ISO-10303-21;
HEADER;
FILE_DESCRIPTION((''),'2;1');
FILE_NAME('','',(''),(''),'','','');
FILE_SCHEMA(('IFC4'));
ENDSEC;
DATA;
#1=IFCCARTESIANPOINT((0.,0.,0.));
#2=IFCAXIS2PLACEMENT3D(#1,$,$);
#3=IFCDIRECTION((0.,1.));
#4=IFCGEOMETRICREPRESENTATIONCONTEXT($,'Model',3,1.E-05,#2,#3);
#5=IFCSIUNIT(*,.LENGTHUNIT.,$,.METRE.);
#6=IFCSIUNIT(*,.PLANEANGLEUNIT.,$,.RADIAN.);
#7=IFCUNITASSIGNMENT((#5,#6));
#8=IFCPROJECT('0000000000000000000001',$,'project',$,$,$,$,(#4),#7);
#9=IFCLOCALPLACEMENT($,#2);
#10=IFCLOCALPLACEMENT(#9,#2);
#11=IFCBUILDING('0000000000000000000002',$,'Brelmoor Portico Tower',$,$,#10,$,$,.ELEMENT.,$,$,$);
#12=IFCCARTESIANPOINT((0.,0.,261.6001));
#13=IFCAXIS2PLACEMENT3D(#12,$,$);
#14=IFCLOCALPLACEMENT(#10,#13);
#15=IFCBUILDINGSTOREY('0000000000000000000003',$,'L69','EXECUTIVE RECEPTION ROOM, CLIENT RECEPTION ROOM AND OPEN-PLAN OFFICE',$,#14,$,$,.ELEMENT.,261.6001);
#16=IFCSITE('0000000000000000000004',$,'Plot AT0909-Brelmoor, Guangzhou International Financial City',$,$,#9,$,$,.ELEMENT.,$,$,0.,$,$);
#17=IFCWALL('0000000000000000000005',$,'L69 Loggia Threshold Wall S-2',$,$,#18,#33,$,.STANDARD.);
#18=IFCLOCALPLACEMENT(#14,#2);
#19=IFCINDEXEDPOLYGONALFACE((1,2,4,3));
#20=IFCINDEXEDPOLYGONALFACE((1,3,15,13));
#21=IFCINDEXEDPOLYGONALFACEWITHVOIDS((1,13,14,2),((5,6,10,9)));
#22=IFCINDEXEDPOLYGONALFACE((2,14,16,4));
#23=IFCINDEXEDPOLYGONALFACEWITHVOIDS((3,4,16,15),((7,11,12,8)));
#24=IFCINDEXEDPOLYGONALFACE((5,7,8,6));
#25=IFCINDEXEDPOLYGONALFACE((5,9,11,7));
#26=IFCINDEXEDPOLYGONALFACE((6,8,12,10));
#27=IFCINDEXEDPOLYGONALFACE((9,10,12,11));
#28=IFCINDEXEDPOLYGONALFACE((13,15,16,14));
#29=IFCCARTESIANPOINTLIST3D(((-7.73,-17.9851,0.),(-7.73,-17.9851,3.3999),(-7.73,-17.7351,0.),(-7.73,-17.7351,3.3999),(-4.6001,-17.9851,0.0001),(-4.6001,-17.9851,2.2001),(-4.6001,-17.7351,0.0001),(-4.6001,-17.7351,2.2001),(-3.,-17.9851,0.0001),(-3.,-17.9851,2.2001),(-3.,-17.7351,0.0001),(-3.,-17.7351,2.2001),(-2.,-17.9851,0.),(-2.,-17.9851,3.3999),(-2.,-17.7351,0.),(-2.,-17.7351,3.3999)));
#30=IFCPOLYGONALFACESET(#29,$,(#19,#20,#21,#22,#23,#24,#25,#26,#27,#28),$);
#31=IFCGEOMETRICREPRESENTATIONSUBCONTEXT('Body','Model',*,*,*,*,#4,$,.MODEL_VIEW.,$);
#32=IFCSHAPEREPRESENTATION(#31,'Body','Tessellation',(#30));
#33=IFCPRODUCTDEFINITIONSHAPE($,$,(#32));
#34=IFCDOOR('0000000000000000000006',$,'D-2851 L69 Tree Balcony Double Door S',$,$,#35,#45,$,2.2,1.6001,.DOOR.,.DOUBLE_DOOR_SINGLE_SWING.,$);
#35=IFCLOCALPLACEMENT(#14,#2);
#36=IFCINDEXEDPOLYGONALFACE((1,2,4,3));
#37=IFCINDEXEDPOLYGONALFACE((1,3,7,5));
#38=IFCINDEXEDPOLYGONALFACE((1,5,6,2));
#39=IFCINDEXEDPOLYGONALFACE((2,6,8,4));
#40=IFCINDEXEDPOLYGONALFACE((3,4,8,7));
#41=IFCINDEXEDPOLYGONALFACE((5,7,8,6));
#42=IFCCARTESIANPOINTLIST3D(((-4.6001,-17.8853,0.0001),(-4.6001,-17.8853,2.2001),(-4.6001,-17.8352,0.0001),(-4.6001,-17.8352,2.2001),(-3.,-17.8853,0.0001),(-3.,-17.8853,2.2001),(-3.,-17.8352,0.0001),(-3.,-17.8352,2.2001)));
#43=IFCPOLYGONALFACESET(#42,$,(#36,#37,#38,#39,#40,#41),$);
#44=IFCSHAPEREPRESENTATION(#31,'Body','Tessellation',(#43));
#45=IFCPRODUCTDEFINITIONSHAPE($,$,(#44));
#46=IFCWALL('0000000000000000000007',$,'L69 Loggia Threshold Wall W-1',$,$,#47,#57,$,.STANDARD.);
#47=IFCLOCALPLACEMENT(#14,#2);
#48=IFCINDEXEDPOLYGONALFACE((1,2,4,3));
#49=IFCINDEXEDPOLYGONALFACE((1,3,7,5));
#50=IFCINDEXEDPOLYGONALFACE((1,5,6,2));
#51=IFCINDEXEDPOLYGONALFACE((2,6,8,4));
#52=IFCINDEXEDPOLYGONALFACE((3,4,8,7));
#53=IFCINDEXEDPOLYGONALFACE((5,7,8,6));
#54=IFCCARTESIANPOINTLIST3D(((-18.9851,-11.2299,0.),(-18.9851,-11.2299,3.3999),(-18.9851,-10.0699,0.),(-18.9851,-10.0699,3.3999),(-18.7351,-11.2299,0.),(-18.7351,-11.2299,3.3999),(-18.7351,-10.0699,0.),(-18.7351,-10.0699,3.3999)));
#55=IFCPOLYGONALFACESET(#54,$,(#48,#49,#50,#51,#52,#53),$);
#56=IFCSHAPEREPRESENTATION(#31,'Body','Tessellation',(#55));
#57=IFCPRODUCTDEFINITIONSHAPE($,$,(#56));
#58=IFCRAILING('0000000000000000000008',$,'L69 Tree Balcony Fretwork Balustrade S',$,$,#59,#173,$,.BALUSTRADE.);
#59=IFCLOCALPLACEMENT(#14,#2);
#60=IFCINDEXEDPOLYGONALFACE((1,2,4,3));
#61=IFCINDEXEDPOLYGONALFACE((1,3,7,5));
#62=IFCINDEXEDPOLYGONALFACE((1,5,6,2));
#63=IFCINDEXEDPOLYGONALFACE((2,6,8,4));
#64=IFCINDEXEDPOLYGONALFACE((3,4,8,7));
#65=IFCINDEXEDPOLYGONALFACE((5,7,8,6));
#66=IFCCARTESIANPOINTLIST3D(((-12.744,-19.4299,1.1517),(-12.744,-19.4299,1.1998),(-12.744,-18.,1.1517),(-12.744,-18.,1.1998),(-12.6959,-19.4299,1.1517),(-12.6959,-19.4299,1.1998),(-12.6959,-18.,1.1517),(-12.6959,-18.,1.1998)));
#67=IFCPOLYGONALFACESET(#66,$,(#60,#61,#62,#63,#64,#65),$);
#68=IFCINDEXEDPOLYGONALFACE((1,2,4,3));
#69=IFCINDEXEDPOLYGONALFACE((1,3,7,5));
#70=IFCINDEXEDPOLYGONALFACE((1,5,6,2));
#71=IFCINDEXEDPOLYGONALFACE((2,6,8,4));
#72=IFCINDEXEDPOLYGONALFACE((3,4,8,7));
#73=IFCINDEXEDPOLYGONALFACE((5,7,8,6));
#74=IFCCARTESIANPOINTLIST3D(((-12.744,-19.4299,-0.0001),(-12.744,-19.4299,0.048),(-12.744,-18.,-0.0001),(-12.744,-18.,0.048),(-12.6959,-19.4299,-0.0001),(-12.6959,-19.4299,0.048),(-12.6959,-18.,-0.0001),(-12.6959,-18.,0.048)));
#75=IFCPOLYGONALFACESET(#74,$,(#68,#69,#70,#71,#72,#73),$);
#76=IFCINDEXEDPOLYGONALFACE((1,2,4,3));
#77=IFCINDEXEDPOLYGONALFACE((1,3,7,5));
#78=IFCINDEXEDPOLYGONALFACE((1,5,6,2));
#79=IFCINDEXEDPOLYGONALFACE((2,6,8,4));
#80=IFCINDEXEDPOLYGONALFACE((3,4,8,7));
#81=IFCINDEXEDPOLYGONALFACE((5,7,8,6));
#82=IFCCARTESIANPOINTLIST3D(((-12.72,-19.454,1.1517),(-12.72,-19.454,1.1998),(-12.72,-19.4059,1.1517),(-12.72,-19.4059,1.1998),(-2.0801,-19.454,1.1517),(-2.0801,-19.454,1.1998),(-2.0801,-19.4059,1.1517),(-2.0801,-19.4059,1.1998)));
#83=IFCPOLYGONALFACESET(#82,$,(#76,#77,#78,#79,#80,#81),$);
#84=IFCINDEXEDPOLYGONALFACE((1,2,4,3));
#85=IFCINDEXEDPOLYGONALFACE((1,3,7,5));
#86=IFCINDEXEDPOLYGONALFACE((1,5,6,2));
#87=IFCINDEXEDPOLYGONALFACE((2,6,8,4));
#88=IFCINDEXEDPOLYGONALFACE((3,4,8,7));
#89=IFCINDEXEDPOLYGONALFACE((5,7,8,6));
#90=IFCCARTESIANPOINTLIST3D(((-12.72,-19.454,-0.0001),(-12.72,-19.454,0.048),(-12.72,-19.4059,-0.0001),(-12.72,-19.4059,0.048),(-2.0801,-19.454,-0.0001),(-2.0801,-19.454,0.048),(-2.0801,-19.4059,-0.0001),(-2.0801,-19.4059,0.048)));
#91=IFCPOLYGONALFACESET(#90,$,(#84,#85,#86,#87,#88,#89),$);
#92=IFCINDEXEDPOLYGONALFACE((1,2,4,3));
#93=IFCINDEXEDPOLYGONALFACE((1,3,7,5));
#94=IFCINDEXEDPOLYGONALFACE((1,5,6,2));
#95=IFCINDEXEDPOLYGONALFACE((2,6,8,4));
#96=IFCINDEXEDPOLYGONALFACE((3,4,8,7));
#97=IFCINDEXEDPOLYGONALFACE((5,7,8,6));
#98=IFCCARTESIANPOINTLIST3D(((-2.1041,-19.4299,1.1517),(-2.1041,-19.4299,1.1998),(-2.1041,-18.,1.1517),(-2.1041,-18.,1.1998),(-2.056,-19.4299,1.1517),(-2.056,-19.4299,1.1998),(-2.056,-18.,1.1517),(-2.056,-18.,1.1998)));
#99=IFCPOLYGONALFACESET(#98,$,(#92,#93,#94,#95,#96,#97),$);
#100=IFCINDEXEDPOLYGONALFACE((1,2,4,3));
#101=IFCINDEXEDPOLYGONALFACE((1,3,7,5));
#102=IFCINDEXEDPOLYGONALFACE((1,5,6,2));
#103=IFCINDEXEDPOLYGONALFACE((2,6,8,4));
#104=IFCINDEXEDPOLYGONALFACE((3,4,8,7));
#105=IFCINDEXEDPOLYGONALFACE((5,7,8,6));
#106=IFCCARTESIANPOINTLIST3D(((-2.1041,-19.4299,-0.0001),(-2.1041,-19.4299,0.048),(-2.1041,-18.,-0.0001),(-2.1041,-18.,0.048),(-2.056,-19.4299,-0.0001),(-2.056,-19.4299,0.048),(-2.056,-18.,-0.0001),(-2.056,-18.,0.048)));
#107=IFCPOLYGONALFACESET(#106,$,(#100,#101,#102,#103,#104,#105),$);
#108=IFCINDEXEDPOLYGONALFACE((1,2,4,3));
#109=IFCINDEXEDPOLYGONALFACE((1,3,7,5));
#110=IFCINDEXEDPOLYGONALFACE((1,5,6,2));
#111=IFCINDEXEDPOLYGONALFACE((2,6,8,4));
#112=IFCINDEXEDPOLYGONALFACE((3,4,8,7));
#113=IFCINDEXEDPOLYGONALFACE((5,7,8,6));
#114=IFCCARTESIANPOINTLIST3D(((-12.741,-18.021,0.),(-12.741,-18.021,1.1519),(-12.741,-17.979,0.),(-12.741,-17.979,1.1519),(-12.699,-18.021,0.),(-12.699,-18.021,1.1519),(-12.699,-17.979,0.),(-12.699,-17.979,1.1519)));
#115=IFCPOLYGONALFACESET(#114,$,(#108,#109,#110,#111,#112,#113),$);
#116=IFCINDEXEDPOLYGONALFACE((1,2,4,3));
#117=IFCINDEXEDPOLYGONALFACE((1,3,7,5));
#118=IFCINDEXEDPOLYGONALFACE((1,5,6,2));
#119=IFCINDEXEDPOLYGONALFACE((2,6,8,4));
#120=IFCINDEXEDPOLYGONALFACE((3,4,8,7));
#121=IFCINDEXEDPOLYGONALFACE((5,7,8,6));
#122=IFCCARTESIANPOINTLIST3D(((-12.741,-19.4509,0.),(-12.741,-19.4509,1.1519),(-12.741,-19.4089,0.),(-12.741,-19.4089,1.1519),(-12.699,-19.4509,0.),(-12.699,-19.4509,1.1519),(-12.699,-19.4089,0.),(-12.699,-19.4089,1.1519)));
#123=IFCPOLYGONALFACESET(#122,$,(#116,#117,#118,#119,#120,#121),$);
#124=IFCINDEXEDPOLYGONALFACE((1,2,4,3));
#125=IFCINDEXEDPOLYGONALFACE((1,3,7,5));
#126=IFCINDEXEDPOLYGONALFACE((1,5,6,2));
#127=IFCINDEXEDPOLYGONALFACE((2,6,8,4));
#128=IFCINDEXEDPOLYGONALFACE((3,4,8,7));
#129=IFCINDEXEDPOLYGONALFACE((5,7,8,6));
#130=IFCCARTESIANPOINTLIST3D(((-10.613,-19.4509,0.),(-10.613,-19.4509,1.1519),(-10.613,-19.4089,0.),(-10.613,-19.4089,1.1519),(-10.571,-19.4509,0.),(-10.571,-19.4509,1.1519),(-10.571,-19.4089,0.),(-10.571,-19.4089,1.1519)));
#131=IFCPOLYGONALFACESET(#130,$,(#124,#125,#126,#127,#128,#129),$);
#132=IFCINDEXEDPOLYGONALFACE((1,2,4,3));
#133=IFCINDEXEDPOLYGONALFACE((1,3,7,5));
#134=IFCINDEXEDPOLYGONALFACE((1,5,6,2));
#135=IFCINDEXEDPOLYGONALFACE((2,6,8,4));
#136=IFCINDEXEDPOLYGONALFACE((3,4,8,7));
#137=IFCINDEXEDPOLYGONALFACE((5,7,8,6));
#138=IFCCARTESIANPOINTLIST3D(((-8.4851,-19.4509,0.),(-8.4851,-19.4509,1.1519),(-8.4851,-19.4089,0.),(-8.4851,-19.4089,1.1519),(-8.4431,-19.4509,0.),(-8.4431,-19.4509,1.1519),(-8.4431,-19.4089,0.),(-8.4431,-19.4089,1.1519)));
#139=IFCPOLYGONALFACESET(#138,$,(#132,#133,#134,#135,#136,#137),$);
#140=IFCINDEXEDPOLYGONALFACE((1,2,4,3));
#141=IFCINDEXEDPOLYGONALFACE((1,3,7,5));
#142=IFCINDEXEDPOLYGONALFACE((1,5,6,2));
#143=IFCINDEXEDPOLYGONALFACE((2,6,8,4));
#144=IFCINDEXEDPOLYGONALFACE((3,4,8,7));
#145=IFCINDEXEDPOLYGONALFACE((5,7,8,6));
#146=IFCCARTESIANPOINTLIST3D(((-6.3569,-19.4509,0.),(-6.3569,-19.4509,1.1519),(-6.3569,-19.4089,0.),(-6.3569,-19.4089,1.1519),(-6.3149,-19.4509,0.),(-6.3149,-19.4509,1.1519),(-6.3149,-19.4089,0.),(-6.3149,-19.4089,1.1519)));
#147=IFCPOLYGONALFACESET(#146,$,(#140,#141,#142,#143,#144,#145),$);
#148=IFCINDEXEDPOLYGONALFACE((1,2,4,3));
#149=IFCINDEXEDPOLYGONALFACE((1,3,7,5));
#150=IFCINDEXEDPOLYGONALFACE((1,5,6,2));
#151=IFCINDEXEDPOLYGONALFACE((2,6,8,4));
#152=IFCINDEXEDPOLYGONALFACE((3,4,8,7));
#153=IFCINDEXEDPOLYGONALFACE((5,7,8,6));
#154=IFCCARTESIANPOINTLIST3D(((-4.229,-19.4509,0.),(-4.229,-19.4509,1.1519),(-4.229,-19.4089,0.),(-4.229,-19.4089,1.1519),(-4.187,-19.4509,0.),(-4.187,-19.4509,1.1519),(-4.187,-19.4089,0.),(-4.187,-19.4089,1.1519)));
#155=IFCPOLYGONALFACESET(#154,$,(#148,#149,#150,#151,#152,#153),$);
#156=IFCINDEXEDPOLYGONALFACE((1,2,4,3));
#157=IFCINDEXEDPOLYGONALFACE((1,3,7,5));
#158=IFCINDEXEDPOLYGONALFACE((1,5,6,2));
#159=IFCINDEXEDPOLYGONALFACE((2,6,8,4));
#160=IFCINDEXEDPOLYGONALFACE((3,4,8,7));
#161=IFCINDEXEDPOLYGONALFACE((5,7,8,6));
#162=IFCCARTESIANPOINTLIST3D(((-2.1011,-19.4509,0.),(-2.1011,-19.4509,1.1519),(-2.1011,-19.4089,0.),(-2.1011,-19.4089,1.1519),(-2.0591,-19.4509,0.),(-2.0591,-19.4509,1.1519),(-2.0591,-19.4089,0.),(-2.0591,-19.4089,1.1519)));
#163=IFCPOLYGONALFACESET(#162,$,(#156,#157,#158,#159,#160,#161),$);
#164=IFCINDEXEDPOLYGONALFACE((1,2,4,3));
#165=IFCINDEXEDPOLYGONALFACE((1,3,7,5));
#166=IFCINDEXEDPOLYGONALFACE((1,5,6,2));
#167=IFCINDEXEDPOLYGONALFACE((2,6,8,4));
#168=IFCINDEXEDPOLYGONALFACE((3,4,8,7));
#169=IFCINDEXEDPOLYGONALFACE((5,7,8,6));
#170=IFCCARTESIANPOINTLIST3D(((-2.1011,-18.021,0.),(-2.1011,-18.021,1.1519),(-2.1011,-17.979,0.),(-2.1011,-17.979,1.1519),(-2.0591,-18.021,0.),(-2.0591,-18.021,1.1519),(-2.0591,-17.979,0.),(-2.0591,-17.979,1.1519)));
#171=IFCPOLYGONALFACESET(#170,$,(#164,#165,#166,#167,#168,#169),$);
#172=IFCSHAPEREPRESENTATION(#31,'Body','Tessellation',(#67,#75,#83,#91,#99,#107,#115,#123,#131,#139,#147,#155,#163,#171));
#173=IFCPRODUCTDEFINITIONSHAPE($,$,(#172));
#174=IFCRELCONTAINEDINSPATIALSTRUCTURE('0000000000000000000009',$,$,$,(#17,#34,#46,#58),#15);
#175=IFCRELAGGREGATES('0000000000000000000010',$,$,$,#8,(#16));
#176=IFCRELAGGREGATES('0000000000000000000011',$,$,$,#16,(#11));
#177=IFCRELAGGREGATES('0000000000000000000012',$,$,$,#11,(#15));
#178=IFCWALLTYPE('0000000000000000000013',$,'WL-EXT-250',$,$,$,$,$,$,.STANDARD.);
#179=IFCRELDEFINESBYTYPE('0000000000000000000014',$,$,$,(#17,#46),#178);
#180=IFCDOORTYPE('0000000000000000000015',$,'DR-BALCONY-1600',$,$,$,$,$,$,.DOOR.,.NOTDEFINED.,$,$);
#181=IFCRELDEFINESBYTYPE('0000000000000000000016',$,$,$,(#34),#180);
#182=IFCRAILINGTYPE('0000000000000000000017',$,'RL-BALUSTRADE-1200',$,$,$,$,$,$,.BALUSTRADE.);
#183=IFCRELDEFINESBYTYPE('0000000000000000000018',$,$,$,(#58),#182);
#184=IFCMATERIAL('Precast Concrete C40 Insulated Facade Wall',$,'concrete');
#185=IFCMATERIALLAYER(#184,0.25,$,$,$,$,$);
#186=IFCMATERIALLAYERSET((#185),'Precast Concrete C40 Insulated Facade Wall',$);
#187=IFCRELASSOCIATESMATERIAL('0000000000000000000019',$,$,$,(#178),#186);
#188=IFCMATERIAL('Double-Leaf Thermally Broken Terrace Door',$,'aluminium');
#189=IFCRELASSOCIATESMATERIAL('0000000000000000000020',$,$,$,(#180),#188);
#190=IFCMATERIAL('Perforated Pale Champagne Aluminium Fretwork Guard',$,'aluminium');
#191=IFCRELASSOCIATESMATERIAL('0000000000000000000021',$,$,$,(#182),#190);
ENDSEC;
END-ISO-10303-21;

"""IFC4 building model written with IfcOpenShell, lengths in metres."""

from ifc_helpers import new_model, si_unit, direction, frame, frame_2d, origin, origin_2d, place, context, subcontext, project, spatial, rectangle, extrude, material, layer, layer_set, type_object, element, fill, save


model = new_model("IFC4")

# Units and contexts
model_context = context("Model", 3, precision=1e-05, world=origin(), true_north=direction((0.0, 1.0)))
body_context = subcontext(model_context, "Body", "Model", "MODEL_VIEW")
ifc_project = project(units=[si_unit("LENGTHUNIT", "METRE"), si_unit("PLANEANGLEUNIT", "RADIAN")], contexts=[model_context])

# Site, building, storey
site_placement = place(None, origin())
site = spatial("IfcSite", under=ifc_project, at=site_placement, Name="Plot AT0909-Brelmoor, Guangzhou International Financial City", CompositionType="ELEMENT", RefElevation=0.0)
building_placement = place(site_placement, origin())
building = spatial("IfcBuilding", under=site, at=building_placement, Name="Brelmoor Portico Tower", CompositionType="ELEMENT")
storey_placement = place(building_placement, frame((0.0, 0.0, 261.6001)))
storey = spatial("IfcBuildingStorey", under=building, at=storey_placement, Name="L69", Description="EXECUTIVE RECEPTION ROOM, CLIENT RECEPTION ROOM AND OPEN-PLAN OFFICE", CompositionType="ELEMENT", Elevation=261.6001)

# Shared definitions
ifc_material_1 = material(Name="Precast Concrete C40 Insulated Facade Wall", Category="concrete")
ifc_layer_1 = layer(ifc_material_1, 0.25)
ifc_layer_set_1 = layer_set([ifc_layer_1], Name="Precast Concrete C40 Insulated Facade Wall")
wall_type = type_object("IfcWallType", Name="WL-EXT-250", PredefinedType="STANDARD", material=ifc_layer_set_1)

# Wall, opening, door
wall_1_placement = place(storey_placement, frame((-7.73, -17.8601, 0.0), z_axis=(0.0, 0.0, 1.0), x_axis=(1.0, 0.0, 0.0)))
wall_1 = element("IfcWall", 1, at=wall_1_placement, inside=storey, type_object=wall_type, Name="L69 Loggia Threshold Wall S-2", PredefinedType="STANDARD", context=body_context, shape_type="SweptSolid", body=[
    extrude(rectangle(XDim=5.73, YDim=0.25, at=frame_2d((2.865, 0.0))), origin(), (0.0, 0.0, 1.0), 3.3999),
])
opening_1_placement = place(wall_1_placement, frame((3.1299, 0.0, 0.0)))
opening_1 = element("IfcOpeningElement", 2, at=opening_1_placement, cuts=wall_1, PredefinedType="OPENING", context=body_context, shape_type="SweptSolid", body=[
    extrude(rectangle(XDim=1.6001, YDim=2.2, at=frame_2d((0.8, 1.1001))), frame((0.0, 0.135, 0.0), z_axis=(0.0, -1.0, 0.0), x_axis=(1.0, 0.0, 0.0)), (0.0, 0.0, 1.0), 0.27),
])
ifc_material_2 = material(Name="Double-Leaf Thermally Broken Terrace Door", Category="aluminium")
door_type = type_object("IfcDoorType", Name="DR-BALCONY-1600", OperationType="NOTDEFINED", PredefinedType="DOOR", material=ifc_material_2)
door_placement = place(opening_1_placement, origin())
door = element("IfcDoor", 3, at=door_placement, inside=storey, type_object=door_type, Name="D-2851 L69 Tree Balcony Double Door S", OperationType="DOUBLE_DOOR_SINGLE_SWING", OverallHeight=2.2, OverallWidth=1.6001, PredefinedType="DOOR", context=body_context, shape_type="SweptSolid", body=[
    extrude(rectangle(XDim=1.6001, YDim=2.2, at=frame_2d((0.8, 1.1001))), frame((0.0, 0.0249, 0.0), z_axis=(0.0, -1.0, 0.0), x_axis=(1.0, 0.0, 0.0)), (0.0, 0.0, 1.0), 0.05),
])
fill(opening_1, door)

# Wall
wall_2_placement = place(storey_placement, frame((-18.8601, -11.23, 0.0), z_axis=(0.0, 0.0, 1.0), x_axis=(0.0, 1.0, 0.0)))
element("IfcWall", 4, at=wall_2_placement, inside=storey, type_object=wall_type, Name="L69 Loggia Threshold Wall W-1", PredefinedType="STANDARD", context=body_context, shape_type="SweptSolid", body=[
    extrude(rectangle(XDim=1.1599, YDim=0.25, at=frame_2d((0.5801, 0.0))), origin(), (0.0, 0.0, 1.0), 3.3999),
])

# Railing
ifc_material_3 = material(Name="Perforated Pale Champagne Aluminium Fretwork Guard", Category="aluminium")
railing_type = type_object("IfcRailingType", Name="RL-BALUSTRADE-1200", PredefinedType="BALUSTRADE", material=ifc_material_3)
railing_1_placement = place(storey_placement, frame((-12.72, -18.0, 0.0)))
element("IfcRailing", 5, at=railing_1_placement, inside=storey, type_object=railing_type, Name="L69 Tree Balcony Fretwork Balustrade S", PredefinedType="BALUSTRADE", context=body_context, shape_type="SweptSolid", body=[
    extrude(rectangle(XDim=0.0481, YDim=0.0481, at=origin_2d()), frame((0.0, 0.0, 1.1758), z_axis=(0.0, -1.0, 0.0), x_axis=(1.0, 0.0, 0.0)), (0.0, 0.0, 1.0), 1.4299),
    extrude(rectangle(XDim=0.0481, YDim=0.0481, at=origin_2d()), frame((0.0, 0.0, 0.0239), z_axis=(0.0, -1.0, 0.0), x_axis=(1.0, 0.0, 0.0)), (0.0, 0.0, 1.0), 1.4299),
    extrude(rectangle(XDim=0.0481, YDim=0.0481, at=origin_2d()), frame((0.0, -1.4299, 1.1758), z_axis=(1.0, 0.0, 0.0), x_axis=(0.0, 1.0, 0.0)), (0.0, 0.0, 1.0), 10.6399),
    extrude(rectangle(XDim=0.0481, YDim=0.0481, at=origin_2d()), frame((0.0, -1.4299, 0.0239), z_axis=(1.0, 0.0, 0.0), x_axis=(0.0, 1.0, 0.0)), (0.0, 0.0, 1.0), 10.6399),
    extrude(rectangle(XDim=0.0481, YDim=0.0481, at=origin_2d()), frame((10.6399, -1.4299, 1.1758), z_axis=(0.0, 1.0, 0.0), x_axis=(-1.0, 0.0, 0.0)), (0.0, 0.0, 1.0), 1.4299),
    extrude(rectangle(XDim=0.0481, YDim=0.0481, at=origin_2d()), frame((10.6399, -1.4299, 0.0239), z_axis=(0.0, 1.0, 0.0), x_axis=(-1.0, 0.0, 0.0)), (0.0, 0.0, 1.0), 1.4299),
    extrude(rectangle(XDim=0.042, YDim=0.042, at=origin_2d()), origin(), (0.0, 0.0, 1.0), 1.1519),
    extrude(rectangle(XDim=0.042, YDim=0.042, at=origin_2d()), frame((0.0, -1.4299, 0.0)), (0.0, 0.0, 1.0), 1.1519),
    extrude(rectangle(XDim=0.042, YDim=0.042, at=origin_2d()), frame((2.1279, -1.4299, 0.0)), (0.0, 0.0, 1.0), 1.1519),
    extrude(rectangle(XDim=0.042, YDim=0.042, at=origin_2d()), frame((4.2559, -1.4299, 0.0)), (0.0, 0.0, 1.0), 1.1519),
    extrude(rectangle(XDim=0.042, YDim=0.042, at=origin_2d()), frame((6.384, -1.4299, 0.0)), (0.0, 0.0, 1.0), 1.1519),
    extrude(rectangle(XDim=0.042, YDim=0.042, at=origin_2d()), frame((8.512, -1.4299, 0.0)), (0.0, 0.0, 1.0), 1.1519),
    extrude(rectangle(XDim=0.042, YDim=0.042, at=origin_2d()), frame((10.6399, -1.4299, 0.0)), (0.0, 0.0, 1.0), 1.1519),
    extrude(rectangle(XDim=0.042, YDim=0.042, at=origin_2d()), frame((10.6399, 0.0, 0.0)), (0.0, 0.0, 1.0), 1.1519),
])

save(model, "model.ifc")
